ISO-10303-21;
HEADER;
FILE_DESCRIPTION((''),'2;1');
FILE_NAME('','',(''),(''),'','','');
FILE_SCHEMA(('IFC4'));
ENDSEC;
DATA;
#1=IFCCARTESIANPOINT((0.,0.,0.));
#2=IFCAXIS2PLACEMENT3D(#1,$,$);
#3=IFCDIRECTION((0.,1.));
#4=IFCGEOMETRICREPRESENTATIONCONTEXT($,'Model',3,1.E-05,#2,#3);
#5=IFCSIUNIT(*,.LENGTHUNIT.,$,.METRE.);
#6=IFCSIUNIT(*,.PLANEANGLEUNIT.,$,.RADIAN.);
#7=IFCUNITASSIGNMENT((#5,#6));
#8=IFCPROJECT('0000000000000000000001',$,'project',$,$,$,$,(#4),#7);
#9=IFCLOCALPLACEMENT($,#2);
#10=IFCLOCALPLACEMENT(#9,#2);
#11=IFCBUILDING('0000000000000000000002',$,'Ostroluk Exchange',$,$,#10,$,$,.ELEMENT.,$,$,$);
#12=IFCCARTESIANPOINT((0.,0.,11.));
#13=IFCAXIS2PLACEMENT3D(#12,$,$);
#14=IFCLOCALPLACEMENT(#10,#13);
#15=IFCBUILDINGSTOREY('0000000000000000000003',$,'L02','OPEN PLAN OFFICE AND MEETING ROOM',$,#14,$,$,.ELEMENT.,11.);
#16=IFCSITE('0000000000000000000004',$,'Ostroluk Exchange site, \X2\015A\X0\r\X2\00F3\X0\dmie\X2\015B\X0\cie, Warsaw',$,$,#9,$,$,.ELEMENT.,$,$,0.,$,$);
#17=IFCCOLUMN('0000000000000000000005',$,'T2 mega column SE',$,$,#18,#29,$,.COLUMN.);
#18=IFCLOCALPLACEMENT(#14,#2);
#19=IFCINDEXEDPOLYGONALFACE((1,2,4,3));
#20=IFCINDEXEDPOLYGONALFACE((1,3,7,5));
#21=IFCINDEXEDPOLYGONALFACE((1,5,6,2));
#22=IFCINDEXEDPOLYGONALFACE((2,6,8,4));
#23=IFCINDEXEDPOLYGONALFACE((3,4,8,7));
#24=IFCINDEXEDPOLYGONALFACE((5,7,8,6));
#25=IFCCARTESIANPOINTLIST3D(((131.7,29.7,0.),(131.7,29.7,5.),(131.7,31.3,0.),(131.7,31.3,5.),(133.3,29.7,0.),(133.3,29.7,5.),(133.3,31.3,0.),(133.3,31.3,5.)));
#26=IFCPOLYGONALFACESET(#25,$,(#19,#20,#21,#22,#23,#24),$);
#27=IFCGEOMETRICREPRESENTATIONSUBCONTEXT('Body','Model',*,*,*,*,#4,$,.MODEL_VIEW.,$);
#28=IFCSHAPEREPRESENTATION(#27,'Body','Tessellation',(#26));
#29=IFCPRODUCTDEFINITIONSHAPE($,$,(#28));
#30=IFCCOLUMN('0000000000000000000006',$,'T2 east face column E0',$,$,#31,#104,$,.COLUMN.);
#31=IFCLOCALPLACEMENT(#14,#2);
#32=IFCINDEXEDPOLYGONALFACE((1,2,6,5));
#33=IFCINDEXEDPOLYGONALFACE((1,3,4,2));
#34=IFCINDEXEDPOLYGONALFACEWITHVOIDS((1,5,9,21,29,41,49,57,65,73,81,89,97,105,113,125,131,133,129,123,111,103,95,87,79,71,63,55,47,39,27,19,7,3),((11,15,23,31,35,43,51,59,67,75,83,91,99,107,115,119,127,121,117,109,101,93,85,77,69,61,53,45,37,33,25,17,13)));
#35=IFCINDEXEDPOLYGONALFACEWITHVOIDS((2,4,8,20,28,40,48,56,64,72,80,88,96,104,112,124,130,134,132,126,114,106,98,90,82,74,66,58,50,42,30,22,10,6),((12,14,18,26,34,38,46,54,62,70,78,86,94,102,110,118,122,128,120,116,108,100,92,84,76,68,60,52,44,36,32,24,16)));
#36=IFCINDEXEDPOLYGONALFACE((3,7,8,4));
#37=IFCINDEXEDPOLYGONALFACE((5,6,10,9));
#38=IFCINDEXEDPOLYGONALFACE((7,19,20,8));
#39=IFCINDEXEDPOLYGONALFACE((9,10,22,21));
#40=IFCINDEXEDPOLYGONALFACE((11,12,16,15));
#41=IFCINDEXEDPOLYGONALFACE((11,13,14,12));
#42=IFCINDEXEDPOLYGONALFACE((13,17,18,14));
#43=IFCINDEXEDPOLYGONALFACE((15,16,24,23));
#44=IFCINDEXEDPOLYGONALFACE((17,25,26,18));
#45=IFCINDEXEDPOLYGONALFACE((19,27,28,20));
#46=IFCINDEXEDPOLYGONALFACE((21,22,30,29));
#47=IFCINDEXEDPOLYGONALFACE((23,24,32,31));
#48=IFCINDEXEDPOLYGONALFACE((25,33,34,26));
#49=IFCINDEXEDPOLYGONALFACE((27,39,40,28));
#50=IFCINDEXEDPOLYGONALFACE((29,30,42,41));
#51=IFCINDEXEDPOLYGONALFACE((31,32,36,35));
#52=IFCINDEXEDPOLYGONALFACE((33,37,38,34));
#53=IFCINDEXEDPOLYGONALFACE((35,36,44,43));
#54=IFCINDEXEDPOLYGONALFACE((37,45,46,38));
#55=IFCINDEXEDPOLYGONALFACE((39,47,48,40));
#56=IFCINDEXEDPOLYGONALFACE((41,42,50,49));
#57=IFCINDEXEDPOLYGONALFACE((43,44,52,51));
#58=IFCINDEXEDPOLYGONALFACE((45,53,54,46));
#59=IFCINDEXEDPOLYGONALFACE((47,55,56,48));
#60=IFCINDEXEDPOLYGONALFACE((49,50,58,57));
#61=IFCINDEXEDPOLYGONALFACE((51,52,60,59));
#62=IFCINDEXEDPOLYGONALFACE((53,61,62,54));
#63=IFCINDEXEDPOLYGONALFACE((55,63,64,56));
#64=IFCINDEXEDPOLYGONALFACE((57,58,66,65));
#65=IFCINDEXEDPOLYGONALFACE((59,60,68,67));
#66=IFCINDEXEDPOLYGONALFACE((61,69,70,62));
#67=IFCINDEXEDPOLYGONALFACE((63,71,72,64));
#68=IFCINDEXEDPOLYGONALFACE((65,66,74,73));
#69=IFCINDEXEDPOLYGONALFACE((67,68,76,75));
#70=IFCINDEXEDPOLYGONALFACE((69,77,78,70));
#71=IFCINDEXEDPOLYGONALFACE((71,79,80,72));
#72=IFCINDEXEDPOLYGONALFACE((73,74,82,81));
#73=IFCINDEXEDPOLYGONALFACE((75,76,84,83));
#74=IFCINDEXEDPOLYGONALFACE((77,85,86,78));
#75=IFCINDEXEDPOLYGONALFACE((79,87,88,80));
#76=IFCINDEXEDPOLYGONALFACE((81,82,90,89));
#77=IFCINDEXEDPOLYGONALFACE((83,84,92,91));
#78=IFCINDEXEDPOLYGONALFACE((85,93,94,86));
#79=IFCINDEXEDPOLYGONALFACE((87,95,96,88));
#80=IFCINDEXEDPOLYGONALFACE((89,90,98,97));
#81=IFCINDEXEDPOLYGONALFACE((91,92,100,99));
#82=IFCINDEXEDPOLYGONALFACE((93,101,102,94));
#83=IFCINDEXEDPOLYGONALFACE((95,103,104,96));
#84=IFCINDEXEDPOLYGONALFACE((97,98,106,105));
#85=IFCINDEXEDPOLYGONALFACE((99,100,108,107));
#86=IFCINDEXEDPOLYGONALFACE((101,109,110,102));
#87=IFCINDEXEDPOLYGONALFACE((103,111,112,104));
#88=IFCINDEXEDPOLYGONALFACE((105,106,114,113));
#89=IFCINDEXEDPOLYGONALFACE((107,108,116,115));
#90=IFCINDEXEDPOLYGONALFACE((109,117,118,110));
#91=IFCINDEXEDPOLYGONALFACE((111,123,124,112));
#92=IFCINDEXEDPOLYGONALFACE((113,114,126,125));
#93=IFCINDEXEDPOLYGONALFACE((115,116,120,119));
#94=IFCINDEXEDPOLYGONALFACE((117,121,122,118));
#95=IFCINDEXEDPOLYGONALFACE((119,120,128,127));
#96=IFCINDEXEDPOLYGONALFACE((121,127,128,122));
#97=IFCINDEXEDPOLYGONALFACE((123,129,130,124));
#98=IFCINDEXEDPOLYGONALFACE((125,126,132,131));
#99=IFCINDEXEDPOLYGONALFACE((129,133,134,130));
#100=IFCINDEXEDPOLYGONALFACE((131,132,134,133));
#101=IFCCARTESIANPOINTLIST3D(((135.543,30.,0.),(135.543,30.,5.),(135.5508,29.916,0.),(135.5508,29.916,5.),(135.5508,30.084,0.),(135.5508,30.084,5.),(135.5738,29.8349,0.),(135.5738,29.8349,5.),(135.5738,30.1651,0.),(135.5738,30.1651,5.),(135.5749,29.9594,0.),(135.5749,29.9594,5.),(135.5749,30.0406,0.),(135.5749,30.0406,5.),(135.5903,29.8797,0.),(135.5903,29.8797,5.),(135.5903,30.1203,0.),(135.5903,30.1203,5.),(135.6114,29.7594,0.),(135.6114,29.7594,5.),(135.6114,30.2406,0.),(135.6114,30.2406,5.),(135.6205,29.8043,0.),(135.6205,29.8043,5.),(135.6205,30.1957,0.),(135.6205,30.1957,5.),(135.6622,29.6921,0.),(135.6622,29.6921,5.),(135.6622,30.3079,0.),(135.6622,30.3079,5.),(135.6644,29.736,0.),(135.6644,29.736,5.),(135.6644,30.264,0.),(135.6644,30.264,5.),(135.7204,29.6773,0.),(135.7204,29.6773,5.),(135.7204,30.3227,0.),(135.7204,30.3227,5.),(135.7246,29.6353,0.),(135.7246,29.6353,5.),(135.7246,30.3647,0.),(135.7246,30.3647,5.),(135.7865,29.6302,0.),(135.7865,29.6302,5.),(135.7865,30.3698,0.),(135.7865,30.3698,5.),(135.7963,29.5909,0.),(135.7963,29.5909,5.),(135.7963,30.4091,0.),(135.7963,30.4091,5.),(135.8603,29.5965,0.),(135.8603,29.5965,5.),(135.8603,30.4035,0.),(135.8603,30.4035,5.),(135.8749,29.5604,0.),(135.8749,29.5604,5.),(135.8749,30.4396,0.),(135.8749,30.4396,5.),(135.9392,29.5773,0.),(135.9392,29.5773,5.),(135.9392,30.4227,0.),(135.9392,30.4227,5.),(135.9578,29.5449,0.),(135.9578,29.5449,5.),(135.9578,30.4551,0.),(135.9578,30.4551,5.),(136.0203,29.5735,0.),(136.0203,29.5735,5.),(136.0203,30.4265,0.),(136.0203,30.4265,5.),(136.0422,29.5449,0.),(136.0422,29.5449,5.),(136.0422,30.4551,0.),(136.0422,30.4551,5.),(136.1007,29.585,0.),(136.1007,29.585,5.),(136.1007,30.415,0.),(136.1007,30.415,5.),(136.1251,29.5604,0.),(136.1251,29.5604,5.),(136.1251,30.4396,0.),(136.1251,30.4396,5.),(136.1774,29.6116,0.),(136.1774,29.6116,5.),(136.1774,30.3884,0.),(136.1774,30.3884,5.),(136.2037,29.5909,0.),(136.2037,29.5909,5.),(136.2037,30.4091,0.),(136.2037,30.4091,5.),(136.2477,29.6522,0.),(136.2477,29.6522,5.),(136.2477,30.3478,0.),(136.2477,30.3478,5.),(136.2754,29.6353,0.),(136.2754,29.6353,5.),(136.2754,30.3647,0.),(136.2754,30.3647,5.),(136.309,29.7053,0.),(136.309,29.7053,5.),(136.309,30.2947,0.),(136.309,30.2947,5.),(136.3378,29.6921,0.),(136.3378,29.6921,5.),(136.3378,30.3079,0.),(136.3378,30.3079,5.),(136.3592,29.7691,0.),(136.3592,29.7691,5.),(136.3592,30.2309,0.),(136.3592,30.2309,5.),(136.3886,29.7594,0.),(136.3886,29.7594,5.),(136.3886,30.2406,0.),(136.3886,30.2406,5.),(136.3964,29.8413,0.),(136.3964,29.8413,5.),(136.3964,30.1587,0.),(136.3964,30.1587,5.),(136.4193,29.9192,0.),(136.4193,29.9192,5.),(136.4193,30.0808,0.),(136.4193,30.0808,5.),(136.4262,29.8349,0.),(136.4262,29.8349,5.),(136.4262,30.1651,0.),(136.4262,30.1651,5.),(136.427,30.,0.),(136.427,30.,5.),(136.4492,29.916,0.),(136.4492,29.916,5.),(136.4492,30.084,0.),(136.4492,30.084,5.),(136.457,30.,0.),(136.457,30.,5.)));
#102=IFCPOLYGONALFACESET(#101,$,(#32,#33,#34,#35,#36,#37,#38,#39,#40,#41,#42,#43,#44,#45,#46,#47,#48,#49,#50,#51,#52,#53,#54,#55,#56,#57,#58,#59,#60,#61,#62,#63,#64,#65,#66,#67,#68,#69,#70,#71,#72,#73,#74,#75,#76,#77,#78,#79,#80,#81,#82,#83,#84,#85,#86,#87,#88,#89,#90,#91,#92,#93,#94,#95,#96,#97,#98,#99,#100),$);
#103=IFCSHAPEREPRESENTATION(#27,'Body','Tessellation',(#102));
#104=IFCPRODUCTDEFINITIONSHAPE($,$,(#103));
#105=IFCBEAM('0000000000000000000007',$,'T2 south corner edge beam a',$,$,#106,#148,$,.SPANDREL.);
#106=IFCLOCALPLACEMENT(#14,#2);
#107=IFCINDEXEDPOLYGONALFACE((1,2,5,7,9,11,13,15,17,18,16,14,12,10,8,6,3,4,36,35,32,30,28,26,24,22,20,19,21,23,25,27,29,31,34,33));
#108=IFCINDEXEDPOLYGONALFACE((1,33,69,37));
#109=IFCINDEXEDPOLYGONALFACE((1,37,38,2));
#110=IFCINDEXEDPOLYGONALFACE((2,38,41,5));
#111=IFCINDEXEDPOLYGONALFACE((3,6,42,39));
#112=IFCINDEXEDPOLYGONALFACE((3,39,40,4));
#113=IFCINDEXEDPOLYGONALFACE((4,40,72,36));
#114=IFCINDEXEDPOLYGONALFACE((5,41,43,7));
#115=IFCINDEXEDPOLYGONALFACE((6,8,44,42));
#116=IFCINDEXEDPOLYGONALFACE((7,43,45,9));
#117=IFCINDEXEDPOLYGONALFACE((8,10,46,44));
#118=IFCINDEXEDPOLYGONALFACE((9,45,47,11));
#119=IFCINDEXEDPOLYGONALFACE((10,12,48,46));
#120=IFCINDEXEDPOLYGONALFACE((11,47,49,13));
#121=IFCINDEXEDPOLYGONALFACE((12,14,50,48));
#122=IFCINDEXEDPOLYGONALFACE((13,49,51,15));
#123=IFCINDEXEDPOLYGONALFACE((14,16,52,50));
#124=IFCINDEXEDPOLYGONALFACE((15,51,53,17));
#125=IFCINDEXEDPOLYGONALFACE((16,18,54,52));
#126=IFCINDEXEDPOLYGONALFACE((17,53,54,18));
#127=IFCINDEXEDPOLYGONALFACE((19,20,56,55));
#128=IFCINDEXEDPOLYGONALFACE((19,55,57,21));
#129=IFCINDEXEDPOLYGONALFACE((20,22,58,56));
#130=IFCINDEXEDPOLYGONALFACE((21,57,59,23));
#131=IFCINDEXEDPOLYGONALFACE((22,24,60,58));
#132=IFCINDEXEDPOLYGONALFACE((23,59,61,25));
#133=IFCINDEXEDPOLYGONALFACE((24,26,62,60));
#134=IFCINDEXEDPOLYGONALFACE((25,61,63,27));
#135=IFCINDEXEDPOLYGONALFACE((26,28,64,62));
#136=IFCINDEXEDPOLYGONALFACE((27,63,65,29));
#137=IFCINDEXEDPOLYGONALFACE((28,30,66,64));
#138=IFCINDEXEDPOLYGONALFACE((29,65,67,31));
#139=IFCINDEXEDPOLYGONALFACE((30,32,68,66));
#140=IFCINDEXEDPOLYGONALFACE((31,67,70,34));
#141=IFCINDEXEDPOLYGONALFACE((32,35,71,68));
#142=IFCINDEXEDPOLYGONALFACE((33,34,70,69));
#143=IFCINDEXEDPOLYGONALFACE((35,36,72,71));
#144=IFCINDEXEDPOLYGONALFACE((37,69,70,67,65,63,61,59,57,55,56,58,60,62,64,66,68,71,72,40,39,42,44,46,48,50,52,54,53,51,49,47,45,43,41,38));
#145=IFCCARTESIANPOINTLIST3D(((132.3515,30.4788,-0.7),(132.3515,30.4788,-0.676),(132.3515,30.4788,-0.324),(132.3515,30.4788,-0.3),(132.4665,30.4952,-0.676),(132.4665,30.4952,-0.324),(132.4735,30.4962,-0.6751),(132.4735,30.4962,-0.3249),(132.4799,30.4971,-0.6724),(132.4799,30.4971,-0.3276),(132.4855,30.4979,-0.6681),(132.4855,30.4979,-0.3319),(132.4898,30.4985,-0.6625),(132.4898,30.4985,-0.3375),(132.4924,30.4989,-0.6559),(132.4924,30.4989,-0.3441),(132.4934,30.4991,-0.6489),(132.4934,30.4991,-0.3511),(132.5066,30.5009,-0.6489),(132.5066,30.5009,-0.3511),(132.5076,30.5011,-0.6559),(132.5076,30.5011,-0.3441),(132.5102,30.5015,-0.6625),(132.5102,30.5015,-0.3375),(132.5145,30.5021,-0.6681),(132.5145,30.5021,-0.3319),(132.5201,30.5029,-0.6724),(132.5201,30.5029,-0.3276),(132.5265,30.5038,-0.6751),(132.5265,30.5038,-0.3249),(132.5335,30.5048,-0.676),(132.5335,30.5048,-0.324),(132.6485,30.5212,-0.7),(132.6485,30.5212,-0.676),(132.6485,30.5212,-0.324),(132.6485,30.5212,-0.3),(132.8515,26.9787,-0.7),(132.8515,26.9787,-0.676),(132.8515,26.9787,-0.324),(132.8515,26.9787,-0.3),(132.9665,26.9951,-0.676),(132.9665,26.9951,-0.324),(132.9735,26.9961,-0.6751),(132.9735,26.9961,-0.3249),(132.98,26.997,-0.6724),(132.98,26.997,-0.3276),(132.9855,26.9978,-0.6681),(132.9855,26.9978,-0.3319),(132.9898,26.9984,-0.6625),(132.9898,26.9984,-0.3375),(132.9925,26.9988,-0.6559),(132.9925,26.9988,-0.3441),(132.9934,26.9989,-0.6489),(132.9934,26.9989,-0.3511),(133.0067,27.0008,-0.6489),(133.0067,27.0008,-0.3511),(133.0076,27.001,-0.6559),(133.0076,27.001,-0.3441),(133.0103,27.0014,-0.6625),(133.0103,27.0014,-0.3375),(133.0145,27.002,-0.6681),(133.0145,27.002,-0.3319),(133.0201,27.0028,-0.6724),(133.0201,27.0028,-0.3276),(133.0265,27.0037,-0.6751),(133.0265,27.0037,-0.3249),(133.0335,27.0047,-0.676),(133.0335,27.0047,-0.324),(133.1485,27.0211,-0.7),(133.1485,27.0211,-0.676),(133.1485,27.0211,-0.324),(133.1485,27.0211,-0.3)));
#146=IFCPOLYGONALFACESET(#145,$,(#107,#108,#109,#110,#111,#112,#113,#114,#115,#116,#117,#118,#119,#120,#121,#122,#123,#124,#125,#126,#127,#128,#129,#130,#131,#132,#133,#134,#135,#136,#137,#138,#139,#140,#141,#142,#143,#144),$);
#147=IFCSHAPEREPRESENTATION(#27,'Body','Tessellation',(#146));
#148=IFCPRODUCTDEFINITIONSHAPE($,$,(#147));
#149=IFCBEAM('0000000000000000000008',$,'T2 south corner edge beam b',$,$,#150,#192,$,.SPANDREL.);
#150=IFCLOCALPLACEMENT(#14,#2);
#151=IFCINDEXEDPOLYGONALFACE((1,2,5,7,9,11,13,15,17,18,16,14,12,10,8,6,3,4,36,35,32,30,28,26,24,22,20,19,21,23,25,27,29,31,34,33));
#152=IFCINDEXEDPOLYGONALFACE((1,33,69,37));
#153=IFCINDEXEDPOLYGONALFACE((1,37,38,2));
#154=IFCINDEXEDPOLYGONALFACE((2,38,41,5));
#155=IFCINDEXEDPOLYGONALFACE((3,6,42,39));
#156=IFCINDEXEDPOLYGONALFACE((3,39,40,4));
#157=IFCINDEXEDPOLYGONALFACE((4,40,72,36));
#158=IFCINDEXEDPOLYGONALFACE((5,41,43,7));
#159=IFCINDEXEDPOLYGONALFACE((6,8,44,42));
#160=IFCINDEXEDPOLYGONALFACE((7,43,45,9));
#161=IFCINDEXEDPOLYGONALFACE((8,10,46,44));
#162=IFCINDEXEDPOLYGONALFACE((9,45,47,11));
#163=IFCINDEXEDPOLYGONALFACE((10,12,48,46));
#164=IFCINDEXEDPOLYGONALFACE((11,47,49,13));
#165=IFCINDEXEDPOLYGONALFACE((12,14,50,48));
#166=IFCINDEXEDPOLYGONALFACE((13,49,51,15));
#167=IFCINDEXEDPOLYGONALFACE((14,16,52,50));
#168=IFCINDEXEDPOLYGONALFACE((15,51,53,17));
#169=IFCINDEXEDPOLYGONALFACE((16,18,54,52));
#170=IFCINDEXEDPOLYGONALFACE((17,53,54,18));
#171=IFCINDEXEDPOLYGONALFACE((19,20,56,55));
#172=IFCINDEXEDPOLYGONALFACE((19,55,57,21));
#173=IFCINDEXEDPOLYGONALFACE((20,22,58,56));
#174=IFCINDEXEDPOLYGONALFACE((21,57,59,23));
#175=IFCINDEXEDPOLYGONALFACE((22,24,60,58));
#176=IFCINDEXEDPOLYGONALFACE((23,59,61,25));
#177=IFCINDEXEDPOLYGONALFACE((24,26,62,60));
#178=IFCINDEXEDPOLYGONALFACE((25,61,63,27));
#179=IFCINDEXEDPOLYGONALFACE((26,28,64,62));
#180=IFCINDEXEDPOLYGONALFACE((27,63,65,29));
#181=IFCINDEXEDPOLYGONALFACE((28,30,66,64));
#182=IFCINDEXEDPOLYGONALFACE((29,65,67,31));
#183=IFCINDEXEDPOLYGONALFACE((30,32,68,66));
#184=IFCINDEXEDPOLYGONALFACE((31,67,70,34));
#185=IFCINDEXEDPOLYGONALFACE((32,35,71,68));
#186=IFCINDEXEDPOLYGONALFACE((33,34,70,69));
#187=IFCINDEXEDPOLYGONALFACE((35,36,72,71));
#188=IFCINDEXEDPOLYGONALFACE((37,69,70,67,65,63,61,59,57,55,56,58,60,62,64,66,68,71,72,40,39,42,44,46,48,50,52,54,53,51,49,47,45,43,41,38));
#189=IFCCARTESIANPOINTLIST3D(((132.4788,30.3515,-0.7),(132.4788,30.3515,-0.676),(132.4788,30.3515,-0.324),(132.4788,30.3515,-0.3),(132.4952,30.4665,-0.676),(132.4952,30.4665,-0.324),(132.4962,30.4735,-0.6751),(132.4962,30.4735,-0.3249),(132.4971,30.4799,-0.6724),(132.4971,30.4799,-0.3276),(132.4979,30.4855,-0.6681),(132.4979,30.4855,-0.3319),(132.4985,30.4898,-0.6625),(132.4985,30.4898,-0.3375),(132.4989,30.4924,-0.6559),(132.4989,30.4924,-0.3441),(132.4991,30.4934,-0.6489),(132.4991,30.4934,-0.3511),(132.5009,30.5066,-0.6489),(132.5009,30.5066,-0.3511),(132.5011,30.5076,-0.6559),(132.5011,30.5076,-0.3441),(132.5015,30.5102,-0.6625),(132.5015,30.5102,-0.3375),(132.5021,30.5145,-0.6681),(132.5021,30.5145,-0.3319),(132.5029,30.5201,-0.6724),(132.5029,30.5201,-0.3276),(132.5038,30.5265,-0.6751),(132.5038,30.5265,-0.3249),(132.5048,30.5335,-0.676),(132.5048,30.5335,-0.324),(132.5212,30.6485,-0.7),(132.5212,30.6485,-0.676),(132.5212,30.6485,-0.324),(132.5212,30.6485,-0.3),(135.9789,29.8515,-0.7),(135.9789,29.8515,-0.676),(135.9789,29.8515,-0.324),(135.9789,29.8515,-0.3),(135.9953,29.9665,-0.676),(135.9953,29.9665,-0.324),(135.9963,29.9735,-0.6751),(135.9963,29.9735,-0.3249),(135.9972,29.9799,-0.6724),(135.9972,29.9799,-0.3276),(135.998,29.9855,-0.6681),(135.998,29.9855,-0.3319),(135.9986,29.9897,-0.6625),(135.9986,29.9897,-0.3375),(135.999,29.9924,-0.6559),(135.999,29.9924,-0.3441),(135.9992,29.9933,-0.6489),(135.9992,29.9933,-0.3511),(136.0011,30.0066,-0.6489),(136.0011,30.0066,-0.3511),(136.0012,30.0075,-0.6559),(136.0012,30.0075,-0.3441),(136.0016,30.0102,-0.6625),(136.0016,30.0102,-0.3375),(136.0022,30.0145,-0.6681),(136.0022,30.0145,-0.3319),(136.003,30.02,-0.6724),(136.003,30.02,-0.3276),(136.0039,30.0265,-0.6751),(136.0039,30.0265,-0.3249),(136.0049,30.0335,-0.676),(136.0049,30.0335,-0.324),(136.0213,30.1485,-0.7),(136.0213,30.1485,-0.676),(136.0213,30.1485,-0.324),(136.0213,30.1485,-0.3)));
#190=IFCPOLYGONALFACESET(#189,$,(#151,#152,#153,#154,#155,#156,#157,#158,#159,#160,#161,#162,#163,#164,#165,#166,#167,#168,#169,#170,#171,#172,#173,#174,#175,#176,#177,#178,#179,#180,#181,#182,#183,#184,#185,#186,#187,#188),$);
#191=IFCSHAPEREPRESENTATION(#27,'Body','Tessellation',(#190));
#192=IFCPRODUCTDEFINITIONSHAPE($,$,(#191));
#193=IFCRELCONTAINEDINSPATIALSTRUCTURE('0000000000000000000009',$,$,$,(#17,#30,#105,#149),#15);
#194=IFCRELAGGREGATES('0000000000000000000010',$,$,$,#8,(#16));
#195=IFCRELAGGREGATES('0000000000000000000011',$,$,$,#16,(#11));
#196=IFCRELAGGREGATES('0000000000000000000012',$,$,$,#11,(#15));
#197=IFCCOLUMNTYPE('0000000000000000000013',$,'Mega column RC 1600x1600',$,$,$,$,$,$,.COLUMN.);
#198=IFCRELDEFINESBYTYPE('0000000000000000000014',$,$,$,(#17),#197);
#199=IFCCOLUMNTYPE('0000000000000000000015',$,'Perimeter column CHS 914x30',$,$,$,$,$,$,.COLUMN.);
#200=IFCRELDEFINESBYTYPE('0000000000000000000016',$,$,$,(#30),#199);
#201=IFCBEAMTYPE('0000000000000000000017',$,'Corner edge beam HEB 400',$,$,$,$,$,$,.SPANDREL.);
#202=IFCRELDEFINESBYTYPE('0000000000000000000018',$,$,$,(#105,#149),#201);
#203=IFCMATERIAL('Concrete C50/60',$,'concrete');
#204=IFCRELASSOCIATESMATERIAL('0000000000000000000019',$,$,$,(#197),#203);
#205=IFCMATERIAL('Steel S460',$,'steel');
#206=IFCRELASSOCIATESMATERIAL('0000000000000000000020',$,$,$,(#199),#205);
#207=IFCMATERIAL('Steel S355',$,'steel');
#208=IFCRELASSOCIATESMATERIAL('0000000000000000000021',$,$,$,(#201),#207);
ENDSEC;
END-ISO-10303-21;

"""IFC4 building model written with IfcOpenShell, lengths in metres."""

from ifc_helpers import new_model, si_unit, direction, frame, origin, origin_2d, place, context, subcontext, project, spatial, rectangle, hollow_circle, i_section, extrude, material, material_profile, profile_set, type_object, element, save


model = new_model("IFC4")

# Units and contexts
model_context = context("Model", 3, precision=1e-05, world=origin(), true_north=direction((0.0, 1.0)))
body_context = subcontext(model_context, "Body", "Model", "MODEL_VIEW")
ifc_project = project(units=[si_unit("LENGTHUNIT", "METRE"), si_unit("PLANEANGLEUNIT", "RADIAN")], contexts=[model_context])

# Site, building, storey
site_placement = place(None, origin())
site = spatial("IfcSite", under=ifc_project, at=site_placement, Name="Ostroluk Exchange site, Śródmieście, Warsaw", CompositionType="ELEMENT", RefElevation=0.0)
building_placement = place(site_placement, origin())
building = spatial("IfcBuilding", under=site, at=building_placement, Name="Ostroluk Exchange", CompositionType="ELEMENT")
storey_placement = place(building_placement, frame((0.0, 0.0, 11.0)))
storey = spatial("IfcBuildingStorey", under=building, at=storey_placement, Name="L02", Description="OPEN PLAN OFFICE AND MEETING ROOM", CompositionType="ELEMENT", Elevation=11.0)

# Columns
ifc_material_1 = material(Name="Concrete C50/60", Category="concrete")
ifc_material_profile_1 = material_profile(ifc_material_1, rectangle(XDim=1.6001, YDim=1.6001, at=origin_2d()), Name="RC 1600x1600")
ifc_profile_set_1 = profile_set([ifc_material_profile_1], Name="Concrete C50/60")
column_type_1 = type_object("IfcColumnType", Name="Mega column RC 1600x1600", PredefinedType="COLUMN", material=ifc_profile_set_1)
column_1_placement = place(storey_placement, frame((132.5, 30.5, 0.0), z_axis=(0.0, 0.0, 1.0), x_axis=(1.0, 0.0, 0.0)))
element("IfcColumn", 1, at=column_1_placement, inside=storey, type_object=column_type_1, Name="T2 mega column SE", PredefinedType="COLUMN", context=body_context, shape_type="SweptSolid", body=[
    extrude(rectangle(XDim=1.6001, YDim=1.6001, at=origin_2d()), origin(), (0.0, 0.0, 1.0), 5.0),
])
ifc_material_2 = material(Name="Steel S460", Category="steel")
ifc_material_profile_2 = material_profile(ifc_material_2, hollow_circle(Radius=0.457, WallThickness=0.03, at=origin_2d()), Name="CHS 914x30")
ifc_profile_set_2 = profile_set([ifc_material_profile_2], Name="Steel S460")
column_type_2 = type_object("IfcColumnType", Name="Perimeter column CHS 914x30", PredefinedType="COLUMN", material=ifc_profile_set_2)
column_2_placement = place(storey_placement, frame((136.0, 30.0, 0.0), z_axis=(0.0, 0.0, 1.0), x_axis=(1.0, 0.0, 0.0)))
element("IfcColumn", 2, at=column_2_placement, inside=storey, type_object=column_type_2, Name="T2 east face column E0", PredefinedType="COLUMN", context=body_context, shape_type="SweptSolid", body=[
    extrude(hollow_circle(Radius=0.457, WallThickness=0.03, at=origin_2d()), origin(), (0.0, 0.0, 1.0), 5.0),
])

# Beams
ifc_material_3 = material(Name="Steel S355", Category="steel")
ifc_material_profile_3 = material_profile(ifc_material_3, i_section(OverallWidth=0.3, OverallDepth=0.3999, WebThickness=0.0134, FlangeThickness=0.0239, FilletRadius=0.0271, at=origin_2d()), Name="HEB 400")
ifc_profile_set_3 = profile_set([ifc_material_profile_3], Name="Steel S355")
beam_type_1 = type_object("IfcBeamType", Name="Corner edge beam HEB 400", PredefinedType="SPANDREL", material=ifc_profile_set_3)
for number, where, z_axis, x_axis, name in (
    (3, (132.5, 30.5, -0.5), (0.141421, -0.989949, 0.0), (0.989949, 0.141421, 0.0), "T2 south corner edge beam a"),
    (4, (132.5, 30.5, -0.5), (0.989949, -0.141421, 0.0), (0.141421, 0.989949, 0.0), "T2 south corner edge beam b"),
):
    element("IfcBeam", number, at=place(storey_placement, frame(where, z_axis=z_axis, x_axis=x_axis)), inside=storey, type_object=beam_type_1, Name=name, PredefinedType="SPANDREL", context=body_context, shape_type="SweptSolid", body=[
        extrude(i_section(OverallWidth=0.3, OverallDepth=0.3999, WebThickness=0.0134, FlangeThickness=0.0239, FilletRadius=0.0271, at=origin_2d()), origin(), (0.0, 0.0, 1.0), 3.5356),
    ])

save(model, "model.ifc")
